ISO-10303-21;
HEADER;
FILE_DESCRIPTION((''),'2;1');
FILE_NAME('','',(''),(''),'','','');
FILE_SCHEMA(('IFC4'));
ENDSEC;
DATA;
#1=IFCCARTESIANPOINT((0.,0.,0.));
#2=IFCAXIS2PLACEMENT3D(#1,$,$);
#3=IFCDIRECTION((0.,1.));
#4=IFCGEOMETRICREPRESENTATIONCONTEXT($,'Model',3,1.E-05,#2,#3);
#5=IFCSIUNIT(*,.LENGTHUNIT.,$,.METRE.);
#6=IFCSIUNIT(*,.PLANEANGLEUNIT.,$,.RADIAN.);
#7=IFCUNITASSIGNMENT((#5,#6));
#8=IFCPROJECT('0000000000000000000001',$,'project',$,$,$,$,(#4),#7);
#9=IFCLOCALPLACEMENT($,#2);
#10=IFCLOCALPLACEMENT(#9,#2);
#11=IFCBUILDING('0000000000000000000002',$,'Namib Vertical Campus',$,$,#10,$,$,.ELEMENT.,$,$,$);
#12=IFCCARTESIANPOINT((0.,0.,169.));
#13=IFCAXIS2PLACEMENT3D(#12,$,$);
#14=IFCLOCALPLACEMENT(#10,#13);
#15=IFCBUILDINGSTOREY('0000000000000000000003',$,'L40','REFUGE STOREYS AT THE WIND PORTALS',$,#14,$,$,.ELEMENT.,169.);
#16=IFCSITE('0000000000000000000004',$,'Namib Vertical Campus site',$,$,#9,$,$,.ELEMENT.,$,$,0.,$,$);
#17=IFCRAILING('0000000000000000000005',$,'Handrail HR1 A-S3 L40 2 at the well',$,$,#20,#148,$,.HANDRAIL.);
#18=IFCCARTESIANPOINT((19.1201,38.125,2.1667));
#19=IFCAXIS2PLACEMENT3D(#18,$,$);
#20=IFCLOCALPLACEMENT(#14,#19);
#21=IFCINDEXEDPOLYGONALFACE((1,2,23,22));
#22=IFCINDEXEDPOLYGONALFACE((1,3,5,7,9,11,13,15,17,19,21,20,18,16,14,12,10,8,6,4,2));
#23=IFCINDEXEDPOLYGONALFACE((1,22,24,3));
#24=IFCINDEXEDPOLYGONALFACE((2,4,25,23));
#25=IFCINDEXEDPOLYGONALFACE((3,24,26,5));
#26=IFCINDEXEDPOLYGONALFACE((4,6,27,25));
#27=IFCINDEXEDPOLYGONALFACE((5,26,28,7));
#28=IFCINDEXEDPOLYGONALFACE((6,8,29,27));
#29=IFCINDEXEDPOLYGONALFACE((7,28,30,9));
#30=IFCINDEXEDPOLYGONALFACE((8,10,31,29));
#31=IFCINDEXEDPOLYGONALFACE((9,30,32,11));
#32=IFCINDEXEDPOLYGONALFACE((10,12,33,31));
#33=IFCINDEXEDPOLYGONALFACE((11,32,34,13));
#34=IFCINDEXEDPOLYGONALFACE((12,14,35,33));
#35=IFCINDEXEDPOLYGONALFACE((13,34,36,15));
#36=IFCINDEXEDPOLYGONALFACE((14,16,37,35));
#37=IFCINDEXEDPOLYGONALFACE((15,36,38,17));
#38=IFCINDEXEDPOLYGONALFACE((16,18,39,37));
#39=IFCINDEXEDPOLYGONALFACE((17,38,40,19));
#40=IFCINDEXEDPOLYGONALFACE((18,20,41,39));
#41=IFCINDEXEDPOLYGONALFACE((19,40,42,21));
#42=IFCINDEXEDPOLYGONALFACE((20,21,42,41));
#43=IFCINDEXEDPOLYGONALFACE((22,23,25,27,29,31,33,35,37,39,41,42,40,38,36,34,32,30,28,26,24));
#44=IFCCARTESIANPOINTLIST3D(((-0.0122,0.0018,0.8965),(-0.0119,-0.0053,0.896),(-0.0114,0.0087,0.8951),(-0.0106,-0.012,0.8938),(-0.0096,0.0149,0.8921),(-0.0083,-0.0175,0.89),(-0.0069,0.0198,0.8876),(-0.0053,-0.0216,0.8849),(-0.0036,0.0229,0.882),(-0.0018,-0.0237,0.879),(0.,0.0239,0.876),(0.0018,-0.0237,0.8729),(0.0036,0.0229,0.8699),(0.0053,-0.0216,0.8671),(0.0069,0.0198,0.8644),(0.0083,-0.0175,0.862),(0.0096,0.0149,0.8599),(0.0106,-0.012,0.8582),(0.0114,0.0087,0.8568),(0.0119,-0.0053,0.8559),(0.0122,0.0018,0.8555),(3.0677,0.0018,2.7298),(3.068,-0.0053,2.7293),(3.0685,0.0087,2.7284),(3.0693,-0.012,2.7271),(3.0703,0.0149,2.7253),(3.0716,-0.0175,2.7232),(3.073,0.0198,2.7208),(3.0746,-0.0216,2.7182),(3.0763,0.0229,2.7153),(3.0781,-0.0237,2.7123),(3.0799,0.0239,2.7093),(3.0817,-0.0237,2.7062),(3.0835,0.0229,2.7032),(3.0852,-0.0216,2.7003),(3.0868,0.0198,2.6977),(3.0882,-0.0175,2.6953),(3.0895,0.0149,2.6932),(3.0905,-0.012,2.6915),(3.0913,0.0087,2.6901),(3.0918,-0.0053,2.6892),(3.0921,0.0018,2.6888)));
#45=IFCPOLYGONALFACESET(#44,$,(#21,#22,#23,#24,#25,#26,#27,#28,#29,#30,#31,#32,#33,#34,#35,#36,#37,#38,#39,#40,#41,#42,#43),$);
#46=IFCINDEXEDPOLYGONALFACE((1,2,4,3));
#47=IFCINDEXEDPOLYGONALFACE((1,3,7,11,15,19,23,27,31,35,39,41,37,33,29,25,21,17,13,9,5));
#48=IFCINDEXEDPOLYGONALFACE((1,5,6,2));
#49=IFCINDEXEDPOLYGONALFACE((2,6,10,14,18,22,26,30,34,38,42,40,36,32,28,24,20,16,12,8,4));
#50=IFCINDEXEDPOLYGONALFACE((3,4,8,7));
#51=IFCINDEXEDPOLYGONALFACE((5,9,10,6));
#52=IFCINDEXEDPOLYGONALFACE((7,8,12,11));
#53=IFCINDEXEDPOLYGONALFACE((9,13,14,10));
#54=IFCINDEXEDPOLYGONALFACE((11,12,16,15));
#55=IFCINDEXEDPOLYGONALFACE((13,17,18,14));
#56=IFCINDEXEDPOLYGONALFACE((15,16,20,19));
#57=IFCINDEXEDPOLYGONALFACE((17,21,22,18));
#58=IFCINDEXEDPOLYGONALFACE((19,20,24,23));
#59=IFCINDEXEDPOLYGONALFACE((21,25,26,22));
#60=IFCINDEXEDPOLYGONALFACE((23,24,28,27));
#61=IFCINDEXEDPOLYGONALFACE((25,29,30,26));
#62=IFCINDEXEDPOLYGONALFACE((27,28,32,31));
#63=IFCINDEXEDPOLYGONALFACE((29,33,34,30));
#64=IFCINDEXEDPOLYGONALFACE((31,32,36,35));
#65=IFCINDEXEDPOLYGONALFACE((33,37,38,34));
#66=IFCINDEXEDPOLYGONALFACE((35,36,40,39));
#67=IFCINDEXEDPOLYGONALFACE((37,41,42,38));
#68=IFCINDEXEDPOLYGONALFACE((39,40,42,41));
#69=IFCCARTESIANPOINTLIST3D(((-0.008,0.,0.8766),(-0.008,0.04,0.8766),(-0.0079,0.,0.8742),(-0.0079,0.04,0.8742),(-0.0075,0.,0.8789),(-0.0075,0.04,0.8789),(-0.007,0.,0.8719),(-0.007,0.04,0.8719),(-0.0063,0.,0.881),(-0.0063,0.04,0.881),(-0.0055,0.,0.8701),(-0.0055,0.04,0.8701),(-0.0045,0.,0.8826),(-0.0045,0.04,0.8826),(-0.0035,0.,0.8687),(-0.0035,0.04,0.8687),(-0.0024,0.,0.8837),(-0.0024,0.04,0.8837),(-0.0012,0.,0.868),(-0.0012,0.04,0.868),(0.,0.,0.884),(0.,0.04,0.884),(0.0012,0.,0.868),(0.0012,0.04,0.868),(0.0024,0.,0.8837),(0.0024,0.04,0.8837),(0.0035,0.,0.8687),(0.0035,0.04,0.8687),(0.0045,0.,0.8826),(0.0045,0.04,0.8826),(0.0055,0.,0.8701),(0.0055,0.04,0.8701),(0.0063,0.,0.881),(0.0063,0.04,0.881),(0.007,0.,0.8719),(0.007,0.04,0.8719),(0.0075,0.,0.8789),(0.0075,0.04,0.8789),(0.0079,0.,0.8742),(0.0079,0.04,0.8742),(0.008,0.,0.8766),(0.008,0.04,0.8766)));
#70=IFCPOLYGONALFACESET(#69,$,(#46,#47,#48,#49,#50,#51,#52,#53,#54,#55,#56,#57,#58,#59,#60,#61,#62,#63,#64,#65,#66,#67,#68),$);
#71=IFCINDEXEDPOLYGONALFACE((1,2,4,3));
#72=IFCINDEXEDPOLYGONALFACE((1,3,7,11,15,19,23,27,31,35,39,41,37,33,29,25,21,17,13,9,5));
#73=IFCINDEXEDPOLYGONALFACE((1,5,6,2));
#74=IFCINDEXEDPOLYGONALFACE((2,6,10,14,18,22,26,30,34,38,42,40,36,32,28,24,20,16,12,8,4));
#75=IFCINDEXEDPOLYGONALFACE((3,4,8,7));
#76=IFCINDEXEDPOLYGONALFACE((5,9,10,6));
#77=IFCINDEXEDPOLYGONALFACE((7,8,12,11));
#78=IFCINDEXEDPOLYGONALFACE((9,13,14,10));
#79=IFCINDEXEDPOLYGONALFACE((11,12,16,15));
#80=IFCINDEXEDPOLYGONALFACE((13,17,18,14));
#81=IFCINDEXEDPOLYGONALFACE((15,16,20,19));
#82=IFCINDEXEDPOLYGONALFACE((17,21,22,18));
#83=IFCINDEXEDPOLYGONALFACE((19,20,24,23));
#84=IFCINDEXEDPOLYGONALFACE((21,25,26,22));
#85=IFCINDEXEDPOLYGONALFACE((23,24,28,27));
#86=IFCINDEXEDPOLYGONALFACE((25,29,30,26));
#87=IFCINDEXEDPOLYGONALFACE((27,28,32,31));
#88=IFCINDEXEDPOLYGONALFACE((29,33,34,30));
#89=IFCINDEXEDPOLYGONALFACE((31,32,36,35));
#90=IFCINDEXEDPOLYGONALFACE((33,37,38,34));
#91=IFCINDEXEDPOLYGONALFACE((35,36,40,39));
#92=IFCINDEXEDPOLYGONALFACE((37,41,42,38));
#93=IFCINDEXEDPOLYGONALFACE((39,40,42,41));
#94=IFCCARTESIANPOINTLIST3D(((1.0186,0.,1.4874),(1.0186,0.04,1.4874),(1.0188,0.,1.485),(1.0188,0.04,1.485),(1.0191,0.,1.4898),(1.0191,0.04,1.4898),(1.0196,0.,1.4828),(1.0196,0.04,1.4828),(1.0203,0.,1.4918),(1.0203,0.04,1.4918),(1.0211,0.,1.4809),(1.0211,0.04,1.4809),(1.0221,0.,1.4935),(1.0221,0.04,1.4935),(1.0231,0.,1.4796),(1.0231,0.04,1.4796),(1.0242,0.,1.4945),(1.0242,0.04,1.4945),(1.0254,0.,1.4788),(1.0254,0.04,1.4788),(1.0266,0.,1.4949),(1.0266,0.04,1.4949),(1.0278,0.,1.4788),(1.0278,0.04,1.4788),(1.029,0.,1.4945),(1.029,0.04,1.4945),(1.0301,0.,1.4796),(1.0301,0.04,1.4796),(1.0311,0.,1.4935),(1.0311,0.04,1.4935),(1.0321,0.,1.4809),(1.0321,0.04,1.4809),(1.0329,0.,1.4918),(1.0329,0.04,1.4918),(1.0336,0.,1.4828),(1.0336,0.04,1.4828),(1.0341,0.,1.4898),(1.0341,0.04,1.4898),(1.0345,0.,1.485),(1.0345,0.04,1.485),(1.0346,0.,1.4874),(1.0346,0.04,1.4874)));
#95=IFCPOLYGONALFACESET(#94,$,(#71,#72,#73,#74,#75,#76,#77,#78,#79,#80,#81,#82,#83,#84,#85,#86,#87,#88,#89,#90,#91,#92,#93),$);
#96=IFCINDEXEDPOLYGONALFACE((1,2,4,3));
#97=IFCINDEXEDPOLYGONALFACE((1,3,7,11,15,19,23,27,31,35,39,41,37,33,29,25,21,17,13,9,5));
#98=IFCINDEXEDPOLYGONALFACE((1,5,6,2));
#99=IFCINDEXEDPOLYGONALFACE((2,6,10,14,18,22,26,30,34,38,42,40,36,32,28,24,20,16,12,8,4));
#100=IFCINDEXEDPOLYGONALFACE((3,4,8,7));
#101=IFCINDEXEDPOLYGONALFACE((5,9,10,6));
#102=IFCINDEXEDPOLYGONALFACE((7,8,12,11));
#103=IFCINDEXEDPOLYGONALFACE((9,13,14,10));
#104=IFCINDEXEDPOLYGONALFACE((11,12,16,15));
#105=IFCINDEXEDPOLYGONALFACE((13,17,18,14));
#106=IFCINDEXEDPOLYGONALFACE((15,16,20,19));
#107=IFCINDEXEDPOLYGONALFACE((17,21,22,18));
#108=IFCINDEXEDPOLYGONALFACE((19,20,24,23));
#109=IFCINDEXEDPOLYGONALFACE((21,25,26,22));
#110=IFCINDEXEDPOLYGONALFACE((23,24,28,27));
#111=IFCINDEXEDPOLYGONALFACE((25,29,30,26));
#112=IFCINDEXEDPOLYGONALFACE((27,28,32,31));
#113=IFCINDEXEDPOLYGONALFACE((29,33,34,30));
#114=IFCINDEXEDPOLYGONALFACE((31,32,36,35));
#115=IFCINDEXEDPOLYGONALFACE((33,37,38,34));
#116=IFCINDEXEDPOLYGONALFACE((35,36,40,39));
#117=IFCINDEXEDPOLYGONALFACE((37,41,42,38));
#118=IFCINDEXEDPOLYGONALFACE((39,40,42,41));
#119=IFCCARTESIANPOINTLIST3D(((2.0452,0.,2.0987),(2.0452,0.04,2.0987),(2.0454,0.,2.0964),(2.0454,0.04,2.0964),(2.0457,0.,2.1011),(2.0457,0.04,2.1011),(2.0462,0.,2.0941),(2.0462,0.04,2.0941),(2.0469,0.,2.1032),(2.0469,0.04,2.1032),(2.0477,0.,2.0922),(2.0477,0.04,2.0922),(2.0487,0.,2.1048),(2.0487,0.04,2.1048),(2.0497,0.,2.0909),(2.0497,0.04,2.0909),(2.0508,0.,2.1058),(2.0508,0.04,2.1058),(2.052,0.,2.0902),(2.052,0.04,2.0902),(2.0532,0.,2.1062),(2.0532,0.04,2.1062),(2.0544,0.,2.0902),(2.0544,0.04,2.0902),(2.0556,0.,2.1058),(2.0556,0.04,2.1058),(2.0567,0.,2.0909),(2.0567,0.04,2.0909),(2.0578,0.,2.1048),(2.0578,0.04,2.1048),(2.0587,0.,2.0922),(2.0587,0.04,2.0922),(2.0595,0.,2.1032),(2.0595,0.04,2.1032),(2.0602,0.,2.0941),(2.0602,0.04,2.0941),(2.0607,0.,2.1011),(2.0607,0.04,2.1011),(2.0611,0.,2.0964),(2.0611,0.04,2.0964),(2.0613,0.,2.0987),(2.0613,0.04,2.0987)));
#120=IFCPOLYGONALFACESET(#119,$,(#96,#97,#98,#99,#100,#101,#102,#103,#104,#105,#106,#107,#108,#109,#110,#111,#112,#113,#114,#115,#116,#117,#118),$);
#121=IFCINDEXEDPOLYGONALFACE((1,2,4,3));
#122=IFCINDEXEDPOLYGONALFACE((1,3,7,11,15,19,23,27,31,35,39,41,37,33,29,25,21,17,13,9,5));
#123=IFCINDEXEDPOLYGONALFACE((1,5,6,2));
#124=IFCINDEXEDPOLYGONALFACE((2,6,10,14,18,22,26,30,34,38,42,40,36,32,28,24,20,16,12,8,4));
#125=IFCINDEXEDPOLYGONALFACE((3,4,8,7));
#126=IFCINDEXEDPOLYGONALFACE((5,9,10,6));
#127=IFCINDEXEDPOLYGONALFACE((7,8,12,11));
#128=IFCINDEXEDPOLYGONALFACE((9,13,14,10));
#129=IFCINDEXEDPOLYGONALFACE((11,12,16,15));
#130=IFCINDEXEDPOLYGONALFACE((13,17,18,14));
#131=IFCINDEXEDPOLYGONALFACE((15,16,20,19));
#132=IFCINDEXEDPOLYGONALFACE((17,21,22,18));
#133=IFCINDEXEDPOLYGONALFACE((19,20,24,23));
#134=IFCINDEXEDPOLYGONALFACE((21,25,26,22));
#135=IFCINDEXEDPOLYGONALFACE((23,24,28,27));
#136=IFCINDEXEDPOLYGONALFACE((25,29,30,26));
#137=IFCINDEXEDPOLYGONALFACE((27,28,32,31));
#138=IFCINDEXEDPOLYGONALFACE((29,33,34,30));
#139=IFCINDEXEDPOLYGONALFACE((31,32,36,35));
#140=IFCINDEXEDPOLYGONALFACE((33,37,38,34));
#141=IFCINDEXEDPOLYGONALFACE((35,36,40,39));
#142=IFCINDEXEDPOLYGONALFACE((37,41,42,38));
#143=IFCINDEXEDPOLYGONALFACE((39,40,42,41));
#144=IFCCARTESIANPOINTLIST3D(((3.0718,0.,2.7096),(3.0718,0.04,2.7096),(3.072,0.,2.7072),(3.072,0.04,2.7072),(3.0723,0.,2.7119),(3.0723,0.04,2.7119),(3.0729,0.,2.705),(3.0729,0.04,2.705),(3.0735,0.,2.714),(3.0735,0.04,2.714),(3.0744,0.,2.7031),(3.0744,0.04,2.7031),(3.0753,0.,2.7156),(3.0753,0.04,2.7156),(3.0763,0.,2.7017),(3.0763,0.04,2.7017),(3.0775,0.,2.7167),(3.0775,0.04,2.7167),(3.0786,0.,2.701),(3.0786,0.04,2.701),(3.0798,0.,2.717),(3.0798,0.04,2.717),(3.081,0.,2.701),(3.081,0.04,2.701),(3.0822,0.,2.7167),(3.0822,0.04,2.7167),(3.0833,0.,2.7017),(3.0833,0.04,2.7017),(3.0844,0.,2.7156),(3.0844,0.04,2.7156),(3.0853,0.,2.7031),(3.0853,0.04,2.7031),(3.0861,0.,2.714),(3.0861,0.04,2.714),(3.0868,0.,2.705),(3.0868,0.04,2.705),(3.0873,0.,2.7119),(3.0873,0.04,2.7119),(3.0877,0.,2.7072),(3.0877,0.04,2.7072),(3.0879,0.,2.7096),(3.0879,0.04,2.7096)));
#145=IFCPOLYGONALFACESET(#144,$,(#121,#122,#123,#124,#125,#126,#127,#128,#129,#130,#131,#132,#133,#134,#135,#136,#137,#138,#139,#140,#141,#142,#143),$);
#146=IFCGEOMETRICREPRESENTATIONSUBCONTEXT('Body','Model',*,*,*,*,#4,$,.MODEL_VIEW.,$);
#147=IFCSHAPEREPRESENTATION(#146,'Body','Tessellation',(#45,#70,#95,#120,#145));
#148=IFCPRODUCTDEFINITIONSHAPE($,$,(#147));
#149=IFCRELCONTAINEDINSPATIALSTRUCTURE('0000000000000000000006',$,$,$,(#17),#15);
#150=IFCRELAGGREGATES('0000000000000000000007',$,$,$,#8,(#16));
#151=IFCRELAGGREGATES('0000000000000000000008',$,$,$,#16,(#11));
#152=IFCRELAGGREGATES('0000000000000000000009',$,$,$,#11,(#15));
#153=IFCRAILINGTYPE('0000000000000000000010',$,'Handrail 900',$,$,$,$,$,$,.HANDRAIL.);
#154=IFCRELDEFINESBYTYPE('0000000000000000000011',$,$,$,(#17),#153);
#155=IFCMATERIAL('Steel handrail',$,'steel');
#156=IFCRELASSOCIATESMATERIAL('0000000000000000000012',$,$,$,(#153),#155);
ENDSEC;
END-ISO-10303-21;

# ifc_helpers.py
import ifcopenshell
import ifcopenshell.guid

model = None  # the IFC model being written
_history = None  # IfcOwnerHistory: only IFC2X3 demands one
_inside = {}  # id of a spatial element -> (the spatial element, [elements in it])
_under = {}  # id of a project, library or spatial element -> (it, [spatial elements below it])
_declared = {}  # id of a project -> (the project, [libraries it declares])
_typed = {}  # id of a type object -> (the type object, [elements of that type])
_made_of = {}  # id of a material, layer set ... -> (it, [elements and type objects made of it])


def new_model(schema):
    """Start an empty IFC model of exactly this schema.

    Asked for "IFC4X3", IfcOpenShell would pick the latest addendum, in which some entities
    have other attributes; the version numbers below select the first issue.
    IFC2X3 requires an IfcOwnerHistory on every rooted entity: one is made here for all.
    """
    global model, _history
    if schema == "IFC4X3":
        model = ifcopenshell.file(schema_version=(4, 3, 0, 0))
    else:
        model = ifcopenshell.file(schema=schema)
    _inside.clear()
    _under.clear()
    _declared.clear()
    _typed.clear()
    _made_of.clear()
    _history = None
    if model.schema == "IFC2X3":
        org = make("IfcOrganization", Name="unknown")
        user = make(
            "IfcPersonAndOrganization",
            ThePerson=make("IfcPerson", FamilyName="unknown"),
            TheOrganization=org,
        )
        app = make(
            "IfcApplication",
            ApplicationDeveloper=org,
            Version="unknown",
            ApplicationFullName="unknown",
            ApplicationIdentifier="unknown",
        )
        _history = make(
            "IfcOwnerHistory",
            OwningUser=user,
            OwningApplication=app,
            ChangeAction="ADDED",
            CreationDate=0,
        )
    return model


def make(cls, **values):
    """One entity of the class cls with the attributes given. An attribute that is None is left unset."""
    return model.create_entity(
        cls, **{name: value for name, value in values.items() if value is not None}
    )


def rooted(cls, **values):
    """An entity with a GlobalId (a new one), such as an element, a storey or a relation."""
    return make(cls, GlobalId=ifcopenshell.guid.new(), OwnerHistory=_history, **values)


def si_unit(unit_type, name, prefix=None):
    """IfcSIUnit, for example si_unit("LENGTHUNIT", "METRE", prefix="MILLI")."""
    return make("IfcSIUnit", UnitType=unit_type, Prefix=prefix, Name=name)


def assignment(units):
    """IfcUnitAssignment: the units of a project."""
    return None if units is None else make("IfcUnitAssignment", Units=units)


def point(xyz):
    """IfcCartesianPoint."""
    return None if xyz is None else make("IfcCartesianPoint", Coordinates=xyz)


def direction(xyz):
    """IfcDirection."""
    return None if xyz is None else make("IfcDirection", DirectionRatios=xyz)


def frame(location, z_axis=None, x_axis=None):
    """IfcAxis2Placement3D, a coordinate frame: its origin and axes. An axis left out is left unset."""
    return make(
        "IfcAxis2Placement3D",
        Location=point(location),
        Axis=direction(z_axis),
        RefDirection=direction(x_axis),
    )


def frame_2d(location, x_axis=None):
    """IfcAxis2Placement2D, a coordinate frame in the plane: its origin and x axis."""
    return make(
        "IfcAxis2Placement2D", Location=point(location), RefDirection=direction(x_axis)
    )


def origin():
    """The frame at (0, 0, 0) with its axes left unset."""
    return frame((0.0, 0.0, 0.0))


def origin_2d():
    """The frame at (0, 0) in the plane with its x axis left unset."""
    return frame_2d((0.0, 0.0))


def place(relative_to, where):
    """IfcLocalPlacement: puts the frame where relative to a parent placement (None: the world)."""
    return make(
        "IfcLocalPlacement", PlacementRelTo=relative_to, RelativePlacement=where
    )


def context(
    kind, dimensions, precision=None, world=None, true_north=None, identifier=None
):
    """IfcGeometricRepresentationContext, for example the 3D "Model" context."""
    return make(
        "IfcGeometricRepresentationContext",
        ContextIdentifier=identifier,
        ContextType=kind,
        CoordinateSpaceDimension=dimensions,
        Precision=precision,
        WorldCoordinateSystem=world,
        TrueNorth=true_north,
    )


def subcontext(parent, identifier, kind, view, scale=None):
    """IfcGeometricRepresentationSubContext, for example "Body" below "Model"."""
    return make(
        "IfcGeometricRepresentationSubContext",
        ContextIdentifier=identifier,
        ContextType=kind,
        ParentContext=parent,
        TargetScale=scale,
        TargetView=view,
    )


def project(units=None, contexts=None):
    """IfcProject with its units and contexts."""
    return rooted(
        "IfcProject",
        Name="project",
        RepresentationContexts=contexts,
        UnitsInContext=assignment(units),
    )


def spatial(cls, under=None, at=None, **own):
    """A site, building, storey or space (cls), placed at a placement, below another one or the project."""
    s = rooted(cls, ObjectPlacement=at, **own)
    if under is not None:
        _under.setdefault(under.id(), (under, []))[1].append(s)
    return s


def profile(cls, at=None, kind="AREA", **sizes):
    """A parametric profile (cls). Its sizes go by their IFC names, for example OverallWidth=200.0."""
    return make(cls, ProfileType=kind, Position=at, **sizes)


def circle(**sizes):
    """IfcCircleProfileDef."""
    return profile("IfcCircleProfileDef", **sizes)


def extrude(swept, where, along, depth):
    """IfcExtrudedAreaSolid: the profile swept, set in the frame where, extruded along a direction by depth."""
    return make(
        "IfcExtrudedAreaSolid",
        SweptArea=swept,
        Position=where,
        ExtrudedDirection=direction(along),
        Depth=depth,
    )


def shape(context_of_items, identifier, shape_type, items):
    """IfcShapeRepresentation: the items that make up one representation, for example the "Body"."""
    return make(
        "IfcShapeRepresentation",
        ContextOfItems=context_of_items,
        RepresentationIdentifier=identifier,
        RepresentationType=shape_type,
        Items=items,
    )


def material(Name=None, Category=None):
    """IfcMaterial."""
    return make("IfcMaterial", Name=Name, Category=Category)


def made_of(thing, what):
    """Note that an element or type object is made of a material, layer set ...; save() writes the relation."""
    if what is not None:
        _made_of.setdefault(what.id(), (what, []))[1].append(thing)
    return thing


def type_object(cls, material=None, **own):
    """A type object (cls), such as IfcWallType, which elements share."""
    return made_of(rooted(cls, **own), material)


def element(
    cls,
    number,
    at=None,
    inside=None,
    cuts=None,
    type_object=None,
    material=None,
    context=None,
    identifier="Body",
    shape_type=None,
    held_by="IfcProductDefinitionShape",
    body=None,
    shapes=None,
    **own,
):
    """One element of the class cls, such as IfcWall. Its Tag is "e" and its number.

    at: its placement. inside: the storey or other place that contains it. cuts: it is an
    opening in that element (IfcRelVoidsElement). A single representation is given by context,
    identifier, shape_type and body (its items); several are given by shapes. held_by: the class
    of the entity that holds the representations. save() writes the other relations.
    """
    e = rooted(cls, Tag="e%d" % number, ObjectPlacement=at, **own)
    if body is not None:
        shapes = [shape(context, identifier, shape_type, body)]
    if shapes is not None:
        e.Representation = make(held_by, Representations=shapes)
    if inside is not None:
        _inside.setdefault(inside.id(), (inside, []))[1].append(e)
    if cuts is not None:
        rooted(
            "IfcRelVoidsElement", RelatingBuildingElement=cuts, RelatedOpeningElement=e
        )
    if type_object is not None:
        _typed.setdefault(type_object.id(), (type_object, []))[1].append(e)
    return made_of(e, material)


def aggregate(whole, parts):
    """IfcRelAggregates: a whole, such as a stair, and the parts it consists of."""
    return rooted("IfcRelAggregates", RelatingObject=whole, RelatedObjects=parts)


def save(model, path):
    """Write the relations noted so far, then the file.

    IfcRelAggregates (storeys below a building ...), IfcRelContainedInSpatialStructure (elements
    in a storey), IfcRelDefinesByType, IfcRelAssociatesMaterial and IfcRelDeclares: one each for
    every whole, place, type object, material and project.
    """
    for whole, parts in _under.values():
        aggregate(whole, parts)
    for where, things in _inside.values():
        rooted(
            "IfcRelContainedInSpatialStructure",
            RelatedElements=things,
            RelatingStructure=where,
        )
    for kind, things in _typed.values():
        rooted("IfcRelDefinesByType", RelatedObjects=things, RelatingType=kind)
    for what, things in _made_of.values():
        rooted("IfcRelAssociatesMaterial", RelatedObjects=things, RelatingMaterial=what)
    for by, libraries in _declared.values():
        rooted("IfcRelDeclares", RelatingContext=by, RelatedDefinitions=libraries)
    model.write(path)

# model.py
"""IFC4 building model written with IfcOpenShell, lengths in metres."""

from ifc_helpers import new_model, si_unit, direction, frame, origin, origin_2d, place, context, subcontext, project, spatial, circle, extrude, material, type_object, element, save


model = new_model("IFC4")

# Units and contexts
model_context = context("Model", 3, precision=1e-05, world=origin(), true_north=direction((0.0, 1.0)))
body_context = subcontext(model_context, "Body", "Model", "MODEL_VIEW")
ifc_project = project(units=[si_unit("LENGTHUNIT", "METRE"), si_unit("PLANEANGLEUNIT", "RADIAN")], contexts=[model_context])

# Site, building, storey
site_placement = place(None, origin())
site = spatial("IfcSite", under=ifc_project, at=site_placement, Name="Namib Vertical Campus site", CompositionType="ELEMENT", RefElevation=0.0)
building_placement = place(site_placement, origin())
building = spatial("IfcBuilding", under=site, at=building_placement, Name="Namib Vertical Campus", CompositionType="ELEMENT")
storey_placement = place(building_placement, frame((0.0, 0.0, 169.0)))
storey = spatial("IfcBuildingStorey", under=building, at=storey_placement, Name="L40", Description="REFUGE STOREYS AT THE WIND PORTALS", CompositionType="ELEMENT", Elevation=169.0)

# Railing
ifc_material_1 = material(Name="Steel handrail", Category="steel")
railing_type_1 = type_object("IfcRailingType", Name="Handrail 900", PredefinedType="HANDRAIL", material=ifc_material_1)
railing_1_placement = place(storey_placement, frame((19.1201, 38.125, 2.1667)))
element("IfcRailing", 1, at=railing_1_placement, inside=storey, type_object=railing_type_1, Name="Handrail HR1 A-S3 L40 2 at the well", PredefinedType="HANDRAIL", context=body_context, shape_type="SweptSolid", body=[
    extrude(circle(Radius=0.0239, at=origin_2d()), frame((0.0, 0.0, 0.876), z_axis=(0.859291, 0.0, 0.511487), x_axis=(0.0, 1.0, 0.0)), (0.0, 0.0, 1.0), 3.5842),
    extrude(circle(Radius=0.0081, at=origin_2d()), frame((0.0, 0.0, 0.876), z_axis=(0.0, 1.0, 0.0), x_axis=(0.0, 0.0, 1.0)), (0.0, 0.0, 1.0), 0.04),
    extrude(circle(Radius=0.0081, at=origin_2d()), frame((1.0266, 0.0, 1.4868), z_axis=(0.0, 1.0, 0.0), x_axis=(0.0, 0.0, 1.0)), (0.0, 0.0, 1.0), 0.04),
    extrude(circle(Radius=0.0081, at=origin_2d()), frame((2.0532, 0.0, 2.0981), z_axis=(0.0, 1.0, 0.0), x_axis=(0.0, 0.0, 1.0)), (0.0, 0.0, 1.0), 0.04),
    extrude(circle(Radius=0.0081, at=origin_2d()), frame((3.0798, 0.0, 2.709), z_axis=(0.0, 1.0, 0.0), x_axis=(0.0, 0.0, 1.0)), (0.0, 0.0, 1.0), 0.04),
])

save(model, "model.ifc")
